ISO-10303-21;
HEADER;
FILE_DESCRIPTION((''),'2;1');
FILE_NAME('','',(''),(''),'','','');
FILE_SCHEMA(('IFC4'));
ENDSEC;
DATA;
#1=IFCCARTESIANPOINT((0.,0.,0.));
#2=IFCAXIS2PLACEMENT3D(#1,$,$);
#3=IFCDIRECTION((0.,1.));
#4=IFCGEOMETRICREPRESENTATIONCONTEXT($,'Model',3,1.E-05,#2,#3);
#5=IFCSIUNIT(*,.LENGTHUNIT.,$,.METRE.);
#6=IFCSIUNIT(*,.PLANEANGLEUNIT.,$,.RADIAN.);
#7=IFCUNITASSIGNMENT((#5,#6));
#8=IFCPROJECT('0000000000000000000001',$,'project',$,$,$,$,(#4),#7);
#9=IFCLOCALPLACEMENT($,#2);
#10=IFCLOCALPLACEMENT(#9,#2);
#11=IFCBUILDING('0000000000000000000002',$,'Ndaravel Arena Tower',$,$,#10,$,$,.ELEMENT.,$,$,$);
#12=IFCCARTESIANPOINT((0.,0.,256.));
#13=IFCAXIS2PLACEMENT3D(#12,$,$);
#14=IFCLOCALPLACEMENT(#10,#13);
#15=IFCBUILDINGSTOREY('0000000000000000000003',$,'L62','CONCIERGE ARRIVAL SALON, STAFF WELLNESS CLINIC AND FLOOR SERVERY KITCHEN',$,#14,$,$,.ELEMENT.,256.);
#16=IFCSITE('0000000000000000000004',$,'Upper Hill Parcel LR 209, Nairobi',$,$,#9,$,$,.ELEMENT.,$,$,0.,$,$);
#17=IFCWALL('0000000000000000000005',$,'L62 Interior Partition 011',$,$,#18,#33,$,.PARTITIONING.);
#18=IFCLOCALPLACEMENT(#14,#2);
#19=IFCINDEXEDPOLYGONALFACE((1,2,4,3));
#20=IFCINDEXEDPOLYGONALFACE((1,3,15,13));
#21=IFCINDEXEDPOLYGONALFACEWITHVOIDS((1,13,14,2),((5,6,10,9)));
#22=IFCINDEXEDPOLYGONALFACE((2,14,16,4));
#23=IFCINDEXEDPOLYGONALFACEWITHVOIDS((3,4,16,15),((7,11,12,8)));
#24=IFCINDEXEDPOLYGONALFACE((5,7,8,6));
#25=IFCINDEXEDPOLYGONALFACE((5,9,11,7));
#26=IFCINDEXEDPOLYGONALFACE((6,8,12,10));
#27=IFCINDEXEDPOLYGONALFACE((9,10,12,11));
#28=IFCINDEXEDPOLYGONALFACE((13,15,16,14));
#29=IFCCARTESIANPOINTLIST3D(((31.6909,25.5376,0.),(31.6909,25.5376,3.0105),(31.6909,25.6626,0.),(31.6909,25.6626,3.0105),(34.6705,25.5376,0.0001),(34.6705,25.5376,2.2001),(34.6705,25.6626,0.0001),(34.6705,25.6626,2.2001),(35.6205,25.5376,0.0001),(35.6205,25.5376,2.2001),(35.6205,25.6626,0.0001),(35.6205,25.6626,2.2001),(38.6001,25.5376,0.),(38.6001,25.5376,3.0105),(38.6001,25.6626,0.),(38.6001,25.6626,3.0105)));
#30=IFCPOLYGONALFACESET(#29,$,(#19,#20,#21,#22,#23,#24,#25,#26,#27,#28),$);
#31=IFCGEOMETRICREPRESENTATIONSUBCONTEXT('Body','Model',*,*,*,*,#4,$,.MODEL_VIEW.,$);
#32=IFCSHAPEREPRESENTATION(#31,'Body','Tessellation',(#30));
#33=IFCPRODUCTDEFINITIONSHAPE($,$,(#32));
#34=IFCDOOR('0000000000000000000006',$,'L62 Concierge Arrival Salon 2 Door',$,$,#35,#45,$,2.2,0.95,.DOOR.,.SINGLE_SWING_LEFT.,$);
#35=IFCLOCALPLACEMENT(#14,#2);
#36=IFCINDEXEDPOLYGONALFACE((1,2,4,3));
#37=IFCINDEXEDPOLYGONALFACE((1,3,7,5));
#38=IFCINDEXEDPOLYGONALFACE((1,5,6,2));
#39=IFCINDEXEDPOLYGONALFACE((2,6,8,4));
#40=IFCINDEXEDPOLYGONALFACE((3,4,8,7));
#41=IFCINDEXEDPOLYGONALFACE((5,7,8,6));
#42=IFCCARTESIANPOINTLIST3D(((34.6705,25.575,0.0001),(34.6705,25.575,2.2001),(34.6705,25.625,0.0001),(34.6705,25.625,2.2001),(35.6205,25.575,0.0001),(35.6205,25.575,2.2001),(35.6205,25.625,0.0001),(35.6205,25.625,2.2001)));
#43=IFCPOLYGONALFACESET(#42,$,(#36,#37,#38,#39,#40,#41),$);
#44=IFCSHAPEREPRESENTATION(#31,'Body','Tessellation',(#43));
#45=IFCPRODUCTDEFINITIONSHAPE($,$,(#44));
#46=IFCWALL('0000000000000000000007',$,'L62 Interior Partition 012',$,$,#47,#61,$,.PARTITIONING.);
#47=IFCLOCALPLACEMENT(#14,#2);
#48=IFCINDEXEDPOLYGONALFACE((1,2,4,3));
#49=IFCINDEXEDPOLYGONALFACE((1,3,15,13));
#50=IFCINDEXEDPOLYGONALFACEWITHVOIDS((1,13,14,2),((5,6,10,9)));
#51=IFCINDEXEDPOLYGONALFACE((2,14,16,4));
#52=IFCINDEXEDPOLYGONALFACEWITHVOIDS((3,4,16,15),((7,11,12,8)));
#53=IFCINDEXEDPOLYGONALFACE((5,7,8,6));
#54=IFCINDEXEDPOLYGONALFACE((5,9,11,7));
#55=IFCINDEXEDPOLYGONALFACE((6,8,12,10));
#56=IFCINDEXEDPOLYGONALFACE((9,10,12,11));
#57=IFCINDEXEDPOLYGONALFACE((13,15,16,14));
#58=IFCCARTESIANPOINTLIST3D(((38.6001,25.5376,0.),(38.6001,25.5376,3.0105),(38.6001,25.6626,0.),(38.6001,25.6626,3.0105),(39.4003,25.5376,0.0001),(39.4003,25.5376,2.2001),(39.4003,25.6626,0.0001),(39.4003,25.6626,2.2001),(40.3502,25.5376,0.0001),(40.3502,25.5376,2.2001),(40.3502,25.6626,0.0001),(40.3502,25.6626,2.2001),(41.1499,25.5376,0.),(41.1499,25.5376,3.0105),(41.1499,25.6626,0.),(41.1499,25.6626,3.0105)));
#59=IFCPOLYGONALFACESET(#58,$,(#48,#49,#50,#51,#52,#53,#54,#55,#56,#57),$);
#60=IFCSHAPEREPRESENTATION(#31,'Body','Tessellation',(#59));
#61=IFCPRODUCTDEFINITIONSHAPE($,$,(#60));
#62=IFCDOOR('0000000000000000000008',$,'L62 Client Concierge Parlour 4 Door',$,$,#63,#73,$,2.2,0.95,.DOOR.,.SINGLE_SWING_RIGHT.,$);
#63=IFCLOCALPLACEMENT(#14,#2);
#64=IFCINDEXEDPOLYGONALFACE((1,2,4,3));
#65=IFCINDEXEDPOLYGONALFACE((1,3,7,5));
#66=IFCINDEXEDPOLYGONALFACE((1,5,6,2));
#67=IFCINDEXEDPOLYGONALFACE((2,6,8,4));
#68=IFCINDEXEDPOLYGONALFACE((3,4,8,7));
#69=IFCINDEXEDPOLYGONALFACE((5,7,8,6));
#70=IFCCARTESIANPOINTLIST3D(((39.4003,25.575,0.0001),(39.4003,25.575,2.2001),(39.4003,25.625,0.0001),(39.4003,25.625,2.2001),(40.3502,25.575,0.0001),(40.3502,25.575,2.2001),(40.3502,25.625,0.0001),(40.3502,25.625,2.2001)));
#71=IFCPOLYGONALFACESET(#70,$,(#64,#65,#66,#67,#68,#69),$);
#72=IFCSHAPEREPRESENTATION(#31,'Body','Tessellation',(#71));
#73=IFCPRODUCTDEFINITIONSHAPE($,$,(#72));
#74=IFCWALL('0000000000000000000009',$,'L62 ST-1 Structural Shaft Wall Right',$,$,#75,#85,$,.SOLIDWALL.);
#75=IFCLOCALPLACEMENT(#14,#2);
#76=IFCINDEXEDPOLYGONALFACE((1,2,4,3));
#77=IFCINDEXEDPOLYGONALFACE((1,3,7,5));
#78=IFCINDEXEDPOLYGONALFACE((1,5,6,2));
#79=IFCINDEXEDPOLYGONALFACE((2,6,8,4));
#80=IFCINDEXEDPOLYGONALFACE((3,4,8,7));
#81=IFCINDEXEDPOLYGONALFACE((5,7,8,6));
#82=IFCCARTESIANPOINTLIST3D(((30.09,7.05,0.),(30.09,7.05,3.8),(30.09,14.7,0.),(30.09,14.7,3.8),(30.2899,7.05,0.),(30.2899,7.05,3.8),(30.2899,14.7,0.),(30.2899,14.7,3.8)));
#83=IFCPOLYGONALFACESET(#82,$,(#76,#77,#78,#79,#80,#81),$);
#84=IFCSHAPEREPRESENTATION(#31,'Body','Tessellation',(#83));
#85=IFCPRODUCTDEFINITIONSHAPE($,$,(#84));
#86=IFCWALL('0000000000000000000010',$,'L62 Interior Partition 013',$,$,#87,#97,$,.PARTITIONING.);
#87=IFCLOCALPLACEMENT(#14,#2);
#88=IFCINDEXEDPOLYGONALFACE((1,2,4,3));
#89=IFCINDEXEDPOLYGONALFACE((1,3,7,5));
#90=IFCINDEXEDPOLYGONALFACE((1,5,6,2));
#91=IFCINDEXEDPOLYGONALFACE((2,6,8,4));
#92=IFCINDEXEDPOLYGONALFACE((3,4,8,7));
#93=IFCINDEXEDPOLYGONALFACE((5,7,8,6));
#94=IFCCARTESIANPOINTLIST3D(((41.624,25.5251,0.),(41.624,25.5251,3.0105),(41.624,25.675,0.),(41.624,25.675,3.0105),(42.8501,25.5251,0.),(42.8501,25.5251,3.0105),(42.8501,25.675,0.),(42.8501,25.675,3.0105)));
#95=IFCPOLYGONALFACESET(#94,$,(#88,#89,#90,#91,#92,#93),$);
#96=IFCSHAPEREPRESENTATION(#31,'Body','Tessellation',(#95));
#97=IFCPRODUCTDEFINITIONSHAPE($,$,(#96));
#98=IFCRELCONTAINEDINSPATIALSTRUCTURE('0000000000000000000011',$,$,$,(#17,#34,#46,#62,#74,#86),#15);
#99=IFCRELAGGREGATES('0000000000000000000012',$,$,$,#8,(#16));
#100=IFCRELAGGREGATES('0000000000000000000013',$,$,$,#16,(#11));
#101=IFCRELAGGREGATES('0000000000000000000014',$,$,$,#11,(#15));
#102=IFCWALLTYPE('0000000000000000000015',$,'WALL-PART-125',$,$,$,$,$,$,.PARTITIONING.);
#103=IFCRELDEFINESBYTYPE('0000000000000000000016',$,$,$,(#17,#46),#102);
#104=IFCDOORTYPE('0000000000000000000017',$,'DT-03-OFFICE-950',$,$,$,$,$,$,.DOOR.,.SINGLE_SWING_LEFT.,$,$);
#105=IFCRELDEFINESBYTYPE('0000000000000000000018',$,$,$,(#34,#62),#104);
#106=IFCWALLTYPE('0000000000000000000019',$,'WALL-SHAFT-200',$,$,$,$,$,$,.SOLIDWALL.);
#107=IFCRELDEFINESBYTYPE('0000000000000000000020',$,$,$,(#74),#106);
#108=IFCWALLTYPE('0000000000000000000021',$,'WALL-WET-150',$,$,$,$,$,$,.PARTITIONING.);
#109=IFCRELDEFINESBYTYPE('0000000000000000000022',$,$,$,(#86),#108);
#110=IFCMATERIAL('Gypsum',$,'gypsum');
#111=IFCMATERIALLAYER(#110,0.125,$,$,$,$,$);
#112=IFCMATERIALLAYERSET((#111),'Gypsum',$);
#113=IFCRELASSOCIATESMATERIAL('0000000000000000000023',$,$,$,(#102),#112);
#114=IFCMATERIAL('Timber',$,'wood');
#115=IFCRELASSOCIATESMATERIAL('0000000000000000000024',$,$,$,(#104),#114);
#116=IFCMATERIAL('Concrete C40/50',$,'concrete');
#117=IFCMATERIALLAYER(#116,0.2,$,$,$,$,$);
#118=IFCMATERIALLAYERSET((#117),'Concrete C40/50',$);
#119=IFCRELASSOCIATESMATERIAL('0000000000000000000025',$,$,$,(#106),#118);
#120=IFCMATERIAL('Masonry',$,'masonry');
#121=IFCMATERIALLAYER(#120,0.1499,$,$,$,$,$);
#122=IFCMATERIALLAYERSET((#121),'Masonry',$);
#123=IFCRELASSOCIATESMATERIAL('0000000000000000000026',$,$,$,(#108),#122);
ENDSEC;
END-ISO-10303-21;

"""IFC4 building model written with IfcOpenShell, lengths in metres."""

from ifc_helpers import new_model, si_unit, direction, frame, frame_2d, origin, place, context, subcontext, project, spatial, rectangle, extrude, material, layer, layer_set, type_object, element, fill, save


model = new_model("IFC4")

# Units and contexts
model_context = context("Model", 3, precision=1e-05, world=origin(), true_north=direction((0.0, 1.0)))
body_context = subcontext(model_context, "Body", "Model", "MODEL_VIEW")
ifc_project = project(units=[si_unit("LENGTHUNIT", "METRE"), si_unit("PLANEANGLEUNIT", "RADIAN")], contexts=[model_context])

# Site, building, storey
site_placement = place(None, origin())
site = spatial("IfcSite", under=ifc_project, at=site_placement, Name="Upper Hill Parcel LR 209, Nairobi", CompositionType="ELEMENT", RefElevation=0.0)
building_placement = place(site_placement, origin())
building = spatial("IfcBuilding", under=site, at=building_placement, Name="Ndaravel Arena Tower", CompositionType="ELEMENT")
storey_placement = place(building_placement, frame((0.0, 0.0, 256.0)))
storey = spatial("IfcBuildingStorey", under=building, at=storey_placement, Name="L62", Description="CONCIERGE ARRIVAL SALON, STAFF WELLNESS CLINIC AND FLOOR SERVERY KITCHEN", CompositionType="ELEMENT", Elevation=256.0)

# Shared definitions
ifc_material_1 = material(Name="Gypsum", Category="gypsum")
ifc_layer_1 = layer(ifc_material_1, 0.125)
ifc_layer_set_1 = layer_set([ifc_layer_1], Name="Gypsum")
wall_type_1 = type_object("IfcWallType", Name="WALL-PART-125", PredefinedType="PARTITIONING", material=ifc_layer_set_1)

# Walls, openings, doors
wall_1_placement = place(storey_placement, frame((31.6909, 25.6001, 0.0), z_axis=(0.0, 0.0, 1.0), x_axis=(1.0, 0.0, 0.0)))
wall_1 = element("IfcWall", 1, at=wall_1_placement, inside=storey, type_object=wall_type_1, Name="L62 Interior Partition 011", PredefinedType="PARTITIONING", context=body_context, shape_type="SweptSolid", body=[
    extrude(rectangle(XDim=6.9092, YDim=0.125, at=frame_2d((3.4546, 0.0))), origin(), (0.0, 0.0, 1.0), 3.0105),
])
opening_1_placement = place(wall_1_placement, frame((2.9795, 0.0, 0.0)))
opening_1 = element("IfcOpeningElement", 2, at=opening_1_placement, cuts=wall_1, PredefinedType="OPENING", context=body_context, shape_type="SweptSolid", body=[
    extrude(rectangle(XDim=0.95, YDim=2.2, at=frame_2d((0.4751, 1.1001))), frame((0.0, 0.0625, 0.0), z_axis=(0.0, -1.0, 0.0), x_axis=(1.0, 0.0, 0.0)), (0.0, 0.0, 1.0), 0.125),
])
ifc_material_2 = material(Name="Timber", Category="wood")
door_type_1 = type_object("IfcDoorType", Name="DT-03-OFFICE-950", OperationType="SINGLE_SWING_LEFT", PredefinedType="DOOR", material=ifc_material_2)
door_1_placement = place(opening_1_placement, origin())
door_1 = element("IfcDoor", 3, at=door_1_placement, inside=storey, type_object=door_type_1, Name="L62 Concierge Arrival Salon 2 Door", OperationType="SINGLE_SWING_LEFT", OverallHeight=2.2, OverallWidth=0.95, PredefinedType="DOOR", context=body_context, shape_type="SweptSolid", body=[
    extrude(rectangle(XDim=0.95, YDim=2.2, at=frame_2d((0.4751, 1.1001))), frame((0.0, 0.0249, 0.0), z_axis=(0.0, -1.0, 0.0), x_axis=(1.0, 0.0, 0.0)), (0.0, 0.0, 1.0), 0.05),
])
fill(opening_1, door_1)
wall_2_placement = place(storey_placement, frame((38.6001, 25.6001, 0.0), z_axis=(0.0, 0.0, 1.0), x_axis=(1.0, 0.0, 0.0)))
wall_2 = element("IfcWall", 4, at=wall_2_placement, inside=storey, type_object=wall_type_1, Name="L62 Interior Partition 012", PredefinedType="PARTITIONING", context=body_context, shape_type="SweptSolid", body=[
    extrude(rectangle(XDim=2.5498, YDim=0.125, at=frame_2d((1.2749, 0.0))), origin(), (0.0, 0.0, 1.0), 3.0105),
])
opening_2_placement = place(wall_2_placement, frame((0.8, 0.0, 0.0)))
opening_2 = element("IfcOpeningElement", 5, at=opening_2_placement, cuts=wall_2, PredefinedType="OPENING", context=body_context, shape_type="SweptSolid", body=[
    extrude(rectangle(XDim=0.95, YDim=2.2, at=frame_2d((0.4751, 1.1001))), frame((0.0, 0.0625, 0.0), z_axis=(0.0, -1.0, 0.0), x_axis=(1.0, 0.0, 0.0)), (0.0, 0.0, 1.0), 0.125),
])
door_2_placement = place(opening_2_placement, origin())
door_2 = element("IfcDoor", 6, at=door_2_placement, inside=storey, type_object=door_type_1, Name="L62 Client Concierge Parlour 4 Door", OperationType="SINGLE_SWING_RIGHT", OverallHeight=2.2, OverallWidth=0.95, PredefinedType="DOOR", context=body_context, shape_type="SweptSolid", body=[
    extrude(rectangle(XDim=0.95, YDim=2.2, at=frame_2d((0.4751, 1.1001))), frame((0.0, 0.0249, 0.0), z_axis=(0.0, -1.0, 0.0), x_axis=(1.0, 0.0, 0.0)), (0.0, 0.0, 1.0), 0.05),
])
fill(opening_2, door_2)

# Wall
ifc_material_3 = material(Name="Concrete C40/50", Category="concrete")
ifc_layer_2 = layer(ifc_material_3, 0.2)
ifc_layer_set_2 = layer_set([ifc_layer_2], Name="Concrete C40/50")
wall_type_2 = type_object("IfcWallType", Name="WALL-SHAFT-200", PredefinedType="SOLIDWALL", material=ifc_layer_set_2)
wall_3_placement = place(storey_placement, frame((30.1899, 14.7, 0.0), z_axis=(0.0, 0.0, 1.0), x_axis=(0.0, -1.0, 0.0)))
element("IfcWall", 7, at=wall_3_placement, inside=storey, type_object=wall_type_2, Name="L62 ST-1 Structural Shaft Wall Right", PredefinedType="SOLIDWALL", context=body_context, shape_type="SweptSolid", body=[
    extrude(rectangle(XDim=7.6499, YDim=0.2, at=frame_2d((3.825, 0.0))), origin(), (0.0, 0.0, 1.0), 3.8),
])

# Shared definitions
ifc_material_4 = material(Name="Masonry", Category="masonry")
ifc_layer_3 = layer(ifc_material_4, 0.1499)
ifc_layer_set_3 = layer_set([ifc_layer_3], Name="Masonry")
wall_type_3 = type_object("IfcWallType", Name="WALL-WET-150", PredefinedType="PARTITIONING", material=ifc_layer_set_3)

# Wall
wall_4_placement = place(storey_placement, frame((41.624, 25.6001, 0.0), z_axis=(0.0, 0.0, 1.0), x_axis=(1.0, 0.0, 0.0)))
element("IfcWall", 8, at=wall_4_placement, inside=storey, type_object=wall_type_3, Name="L62 Interior Partition 013", PredefinedType="PARTITIONING", context=body_context, shape_type="SweptSolid", body=[
    extrude(rectangle(XDim=1.2261, YDim=0.1499, at=frame_2d((0.613, 0.0))), origin(), (0.0, 0.0, 1.0), 3.0105),
])

save(model, "model.ifc")
